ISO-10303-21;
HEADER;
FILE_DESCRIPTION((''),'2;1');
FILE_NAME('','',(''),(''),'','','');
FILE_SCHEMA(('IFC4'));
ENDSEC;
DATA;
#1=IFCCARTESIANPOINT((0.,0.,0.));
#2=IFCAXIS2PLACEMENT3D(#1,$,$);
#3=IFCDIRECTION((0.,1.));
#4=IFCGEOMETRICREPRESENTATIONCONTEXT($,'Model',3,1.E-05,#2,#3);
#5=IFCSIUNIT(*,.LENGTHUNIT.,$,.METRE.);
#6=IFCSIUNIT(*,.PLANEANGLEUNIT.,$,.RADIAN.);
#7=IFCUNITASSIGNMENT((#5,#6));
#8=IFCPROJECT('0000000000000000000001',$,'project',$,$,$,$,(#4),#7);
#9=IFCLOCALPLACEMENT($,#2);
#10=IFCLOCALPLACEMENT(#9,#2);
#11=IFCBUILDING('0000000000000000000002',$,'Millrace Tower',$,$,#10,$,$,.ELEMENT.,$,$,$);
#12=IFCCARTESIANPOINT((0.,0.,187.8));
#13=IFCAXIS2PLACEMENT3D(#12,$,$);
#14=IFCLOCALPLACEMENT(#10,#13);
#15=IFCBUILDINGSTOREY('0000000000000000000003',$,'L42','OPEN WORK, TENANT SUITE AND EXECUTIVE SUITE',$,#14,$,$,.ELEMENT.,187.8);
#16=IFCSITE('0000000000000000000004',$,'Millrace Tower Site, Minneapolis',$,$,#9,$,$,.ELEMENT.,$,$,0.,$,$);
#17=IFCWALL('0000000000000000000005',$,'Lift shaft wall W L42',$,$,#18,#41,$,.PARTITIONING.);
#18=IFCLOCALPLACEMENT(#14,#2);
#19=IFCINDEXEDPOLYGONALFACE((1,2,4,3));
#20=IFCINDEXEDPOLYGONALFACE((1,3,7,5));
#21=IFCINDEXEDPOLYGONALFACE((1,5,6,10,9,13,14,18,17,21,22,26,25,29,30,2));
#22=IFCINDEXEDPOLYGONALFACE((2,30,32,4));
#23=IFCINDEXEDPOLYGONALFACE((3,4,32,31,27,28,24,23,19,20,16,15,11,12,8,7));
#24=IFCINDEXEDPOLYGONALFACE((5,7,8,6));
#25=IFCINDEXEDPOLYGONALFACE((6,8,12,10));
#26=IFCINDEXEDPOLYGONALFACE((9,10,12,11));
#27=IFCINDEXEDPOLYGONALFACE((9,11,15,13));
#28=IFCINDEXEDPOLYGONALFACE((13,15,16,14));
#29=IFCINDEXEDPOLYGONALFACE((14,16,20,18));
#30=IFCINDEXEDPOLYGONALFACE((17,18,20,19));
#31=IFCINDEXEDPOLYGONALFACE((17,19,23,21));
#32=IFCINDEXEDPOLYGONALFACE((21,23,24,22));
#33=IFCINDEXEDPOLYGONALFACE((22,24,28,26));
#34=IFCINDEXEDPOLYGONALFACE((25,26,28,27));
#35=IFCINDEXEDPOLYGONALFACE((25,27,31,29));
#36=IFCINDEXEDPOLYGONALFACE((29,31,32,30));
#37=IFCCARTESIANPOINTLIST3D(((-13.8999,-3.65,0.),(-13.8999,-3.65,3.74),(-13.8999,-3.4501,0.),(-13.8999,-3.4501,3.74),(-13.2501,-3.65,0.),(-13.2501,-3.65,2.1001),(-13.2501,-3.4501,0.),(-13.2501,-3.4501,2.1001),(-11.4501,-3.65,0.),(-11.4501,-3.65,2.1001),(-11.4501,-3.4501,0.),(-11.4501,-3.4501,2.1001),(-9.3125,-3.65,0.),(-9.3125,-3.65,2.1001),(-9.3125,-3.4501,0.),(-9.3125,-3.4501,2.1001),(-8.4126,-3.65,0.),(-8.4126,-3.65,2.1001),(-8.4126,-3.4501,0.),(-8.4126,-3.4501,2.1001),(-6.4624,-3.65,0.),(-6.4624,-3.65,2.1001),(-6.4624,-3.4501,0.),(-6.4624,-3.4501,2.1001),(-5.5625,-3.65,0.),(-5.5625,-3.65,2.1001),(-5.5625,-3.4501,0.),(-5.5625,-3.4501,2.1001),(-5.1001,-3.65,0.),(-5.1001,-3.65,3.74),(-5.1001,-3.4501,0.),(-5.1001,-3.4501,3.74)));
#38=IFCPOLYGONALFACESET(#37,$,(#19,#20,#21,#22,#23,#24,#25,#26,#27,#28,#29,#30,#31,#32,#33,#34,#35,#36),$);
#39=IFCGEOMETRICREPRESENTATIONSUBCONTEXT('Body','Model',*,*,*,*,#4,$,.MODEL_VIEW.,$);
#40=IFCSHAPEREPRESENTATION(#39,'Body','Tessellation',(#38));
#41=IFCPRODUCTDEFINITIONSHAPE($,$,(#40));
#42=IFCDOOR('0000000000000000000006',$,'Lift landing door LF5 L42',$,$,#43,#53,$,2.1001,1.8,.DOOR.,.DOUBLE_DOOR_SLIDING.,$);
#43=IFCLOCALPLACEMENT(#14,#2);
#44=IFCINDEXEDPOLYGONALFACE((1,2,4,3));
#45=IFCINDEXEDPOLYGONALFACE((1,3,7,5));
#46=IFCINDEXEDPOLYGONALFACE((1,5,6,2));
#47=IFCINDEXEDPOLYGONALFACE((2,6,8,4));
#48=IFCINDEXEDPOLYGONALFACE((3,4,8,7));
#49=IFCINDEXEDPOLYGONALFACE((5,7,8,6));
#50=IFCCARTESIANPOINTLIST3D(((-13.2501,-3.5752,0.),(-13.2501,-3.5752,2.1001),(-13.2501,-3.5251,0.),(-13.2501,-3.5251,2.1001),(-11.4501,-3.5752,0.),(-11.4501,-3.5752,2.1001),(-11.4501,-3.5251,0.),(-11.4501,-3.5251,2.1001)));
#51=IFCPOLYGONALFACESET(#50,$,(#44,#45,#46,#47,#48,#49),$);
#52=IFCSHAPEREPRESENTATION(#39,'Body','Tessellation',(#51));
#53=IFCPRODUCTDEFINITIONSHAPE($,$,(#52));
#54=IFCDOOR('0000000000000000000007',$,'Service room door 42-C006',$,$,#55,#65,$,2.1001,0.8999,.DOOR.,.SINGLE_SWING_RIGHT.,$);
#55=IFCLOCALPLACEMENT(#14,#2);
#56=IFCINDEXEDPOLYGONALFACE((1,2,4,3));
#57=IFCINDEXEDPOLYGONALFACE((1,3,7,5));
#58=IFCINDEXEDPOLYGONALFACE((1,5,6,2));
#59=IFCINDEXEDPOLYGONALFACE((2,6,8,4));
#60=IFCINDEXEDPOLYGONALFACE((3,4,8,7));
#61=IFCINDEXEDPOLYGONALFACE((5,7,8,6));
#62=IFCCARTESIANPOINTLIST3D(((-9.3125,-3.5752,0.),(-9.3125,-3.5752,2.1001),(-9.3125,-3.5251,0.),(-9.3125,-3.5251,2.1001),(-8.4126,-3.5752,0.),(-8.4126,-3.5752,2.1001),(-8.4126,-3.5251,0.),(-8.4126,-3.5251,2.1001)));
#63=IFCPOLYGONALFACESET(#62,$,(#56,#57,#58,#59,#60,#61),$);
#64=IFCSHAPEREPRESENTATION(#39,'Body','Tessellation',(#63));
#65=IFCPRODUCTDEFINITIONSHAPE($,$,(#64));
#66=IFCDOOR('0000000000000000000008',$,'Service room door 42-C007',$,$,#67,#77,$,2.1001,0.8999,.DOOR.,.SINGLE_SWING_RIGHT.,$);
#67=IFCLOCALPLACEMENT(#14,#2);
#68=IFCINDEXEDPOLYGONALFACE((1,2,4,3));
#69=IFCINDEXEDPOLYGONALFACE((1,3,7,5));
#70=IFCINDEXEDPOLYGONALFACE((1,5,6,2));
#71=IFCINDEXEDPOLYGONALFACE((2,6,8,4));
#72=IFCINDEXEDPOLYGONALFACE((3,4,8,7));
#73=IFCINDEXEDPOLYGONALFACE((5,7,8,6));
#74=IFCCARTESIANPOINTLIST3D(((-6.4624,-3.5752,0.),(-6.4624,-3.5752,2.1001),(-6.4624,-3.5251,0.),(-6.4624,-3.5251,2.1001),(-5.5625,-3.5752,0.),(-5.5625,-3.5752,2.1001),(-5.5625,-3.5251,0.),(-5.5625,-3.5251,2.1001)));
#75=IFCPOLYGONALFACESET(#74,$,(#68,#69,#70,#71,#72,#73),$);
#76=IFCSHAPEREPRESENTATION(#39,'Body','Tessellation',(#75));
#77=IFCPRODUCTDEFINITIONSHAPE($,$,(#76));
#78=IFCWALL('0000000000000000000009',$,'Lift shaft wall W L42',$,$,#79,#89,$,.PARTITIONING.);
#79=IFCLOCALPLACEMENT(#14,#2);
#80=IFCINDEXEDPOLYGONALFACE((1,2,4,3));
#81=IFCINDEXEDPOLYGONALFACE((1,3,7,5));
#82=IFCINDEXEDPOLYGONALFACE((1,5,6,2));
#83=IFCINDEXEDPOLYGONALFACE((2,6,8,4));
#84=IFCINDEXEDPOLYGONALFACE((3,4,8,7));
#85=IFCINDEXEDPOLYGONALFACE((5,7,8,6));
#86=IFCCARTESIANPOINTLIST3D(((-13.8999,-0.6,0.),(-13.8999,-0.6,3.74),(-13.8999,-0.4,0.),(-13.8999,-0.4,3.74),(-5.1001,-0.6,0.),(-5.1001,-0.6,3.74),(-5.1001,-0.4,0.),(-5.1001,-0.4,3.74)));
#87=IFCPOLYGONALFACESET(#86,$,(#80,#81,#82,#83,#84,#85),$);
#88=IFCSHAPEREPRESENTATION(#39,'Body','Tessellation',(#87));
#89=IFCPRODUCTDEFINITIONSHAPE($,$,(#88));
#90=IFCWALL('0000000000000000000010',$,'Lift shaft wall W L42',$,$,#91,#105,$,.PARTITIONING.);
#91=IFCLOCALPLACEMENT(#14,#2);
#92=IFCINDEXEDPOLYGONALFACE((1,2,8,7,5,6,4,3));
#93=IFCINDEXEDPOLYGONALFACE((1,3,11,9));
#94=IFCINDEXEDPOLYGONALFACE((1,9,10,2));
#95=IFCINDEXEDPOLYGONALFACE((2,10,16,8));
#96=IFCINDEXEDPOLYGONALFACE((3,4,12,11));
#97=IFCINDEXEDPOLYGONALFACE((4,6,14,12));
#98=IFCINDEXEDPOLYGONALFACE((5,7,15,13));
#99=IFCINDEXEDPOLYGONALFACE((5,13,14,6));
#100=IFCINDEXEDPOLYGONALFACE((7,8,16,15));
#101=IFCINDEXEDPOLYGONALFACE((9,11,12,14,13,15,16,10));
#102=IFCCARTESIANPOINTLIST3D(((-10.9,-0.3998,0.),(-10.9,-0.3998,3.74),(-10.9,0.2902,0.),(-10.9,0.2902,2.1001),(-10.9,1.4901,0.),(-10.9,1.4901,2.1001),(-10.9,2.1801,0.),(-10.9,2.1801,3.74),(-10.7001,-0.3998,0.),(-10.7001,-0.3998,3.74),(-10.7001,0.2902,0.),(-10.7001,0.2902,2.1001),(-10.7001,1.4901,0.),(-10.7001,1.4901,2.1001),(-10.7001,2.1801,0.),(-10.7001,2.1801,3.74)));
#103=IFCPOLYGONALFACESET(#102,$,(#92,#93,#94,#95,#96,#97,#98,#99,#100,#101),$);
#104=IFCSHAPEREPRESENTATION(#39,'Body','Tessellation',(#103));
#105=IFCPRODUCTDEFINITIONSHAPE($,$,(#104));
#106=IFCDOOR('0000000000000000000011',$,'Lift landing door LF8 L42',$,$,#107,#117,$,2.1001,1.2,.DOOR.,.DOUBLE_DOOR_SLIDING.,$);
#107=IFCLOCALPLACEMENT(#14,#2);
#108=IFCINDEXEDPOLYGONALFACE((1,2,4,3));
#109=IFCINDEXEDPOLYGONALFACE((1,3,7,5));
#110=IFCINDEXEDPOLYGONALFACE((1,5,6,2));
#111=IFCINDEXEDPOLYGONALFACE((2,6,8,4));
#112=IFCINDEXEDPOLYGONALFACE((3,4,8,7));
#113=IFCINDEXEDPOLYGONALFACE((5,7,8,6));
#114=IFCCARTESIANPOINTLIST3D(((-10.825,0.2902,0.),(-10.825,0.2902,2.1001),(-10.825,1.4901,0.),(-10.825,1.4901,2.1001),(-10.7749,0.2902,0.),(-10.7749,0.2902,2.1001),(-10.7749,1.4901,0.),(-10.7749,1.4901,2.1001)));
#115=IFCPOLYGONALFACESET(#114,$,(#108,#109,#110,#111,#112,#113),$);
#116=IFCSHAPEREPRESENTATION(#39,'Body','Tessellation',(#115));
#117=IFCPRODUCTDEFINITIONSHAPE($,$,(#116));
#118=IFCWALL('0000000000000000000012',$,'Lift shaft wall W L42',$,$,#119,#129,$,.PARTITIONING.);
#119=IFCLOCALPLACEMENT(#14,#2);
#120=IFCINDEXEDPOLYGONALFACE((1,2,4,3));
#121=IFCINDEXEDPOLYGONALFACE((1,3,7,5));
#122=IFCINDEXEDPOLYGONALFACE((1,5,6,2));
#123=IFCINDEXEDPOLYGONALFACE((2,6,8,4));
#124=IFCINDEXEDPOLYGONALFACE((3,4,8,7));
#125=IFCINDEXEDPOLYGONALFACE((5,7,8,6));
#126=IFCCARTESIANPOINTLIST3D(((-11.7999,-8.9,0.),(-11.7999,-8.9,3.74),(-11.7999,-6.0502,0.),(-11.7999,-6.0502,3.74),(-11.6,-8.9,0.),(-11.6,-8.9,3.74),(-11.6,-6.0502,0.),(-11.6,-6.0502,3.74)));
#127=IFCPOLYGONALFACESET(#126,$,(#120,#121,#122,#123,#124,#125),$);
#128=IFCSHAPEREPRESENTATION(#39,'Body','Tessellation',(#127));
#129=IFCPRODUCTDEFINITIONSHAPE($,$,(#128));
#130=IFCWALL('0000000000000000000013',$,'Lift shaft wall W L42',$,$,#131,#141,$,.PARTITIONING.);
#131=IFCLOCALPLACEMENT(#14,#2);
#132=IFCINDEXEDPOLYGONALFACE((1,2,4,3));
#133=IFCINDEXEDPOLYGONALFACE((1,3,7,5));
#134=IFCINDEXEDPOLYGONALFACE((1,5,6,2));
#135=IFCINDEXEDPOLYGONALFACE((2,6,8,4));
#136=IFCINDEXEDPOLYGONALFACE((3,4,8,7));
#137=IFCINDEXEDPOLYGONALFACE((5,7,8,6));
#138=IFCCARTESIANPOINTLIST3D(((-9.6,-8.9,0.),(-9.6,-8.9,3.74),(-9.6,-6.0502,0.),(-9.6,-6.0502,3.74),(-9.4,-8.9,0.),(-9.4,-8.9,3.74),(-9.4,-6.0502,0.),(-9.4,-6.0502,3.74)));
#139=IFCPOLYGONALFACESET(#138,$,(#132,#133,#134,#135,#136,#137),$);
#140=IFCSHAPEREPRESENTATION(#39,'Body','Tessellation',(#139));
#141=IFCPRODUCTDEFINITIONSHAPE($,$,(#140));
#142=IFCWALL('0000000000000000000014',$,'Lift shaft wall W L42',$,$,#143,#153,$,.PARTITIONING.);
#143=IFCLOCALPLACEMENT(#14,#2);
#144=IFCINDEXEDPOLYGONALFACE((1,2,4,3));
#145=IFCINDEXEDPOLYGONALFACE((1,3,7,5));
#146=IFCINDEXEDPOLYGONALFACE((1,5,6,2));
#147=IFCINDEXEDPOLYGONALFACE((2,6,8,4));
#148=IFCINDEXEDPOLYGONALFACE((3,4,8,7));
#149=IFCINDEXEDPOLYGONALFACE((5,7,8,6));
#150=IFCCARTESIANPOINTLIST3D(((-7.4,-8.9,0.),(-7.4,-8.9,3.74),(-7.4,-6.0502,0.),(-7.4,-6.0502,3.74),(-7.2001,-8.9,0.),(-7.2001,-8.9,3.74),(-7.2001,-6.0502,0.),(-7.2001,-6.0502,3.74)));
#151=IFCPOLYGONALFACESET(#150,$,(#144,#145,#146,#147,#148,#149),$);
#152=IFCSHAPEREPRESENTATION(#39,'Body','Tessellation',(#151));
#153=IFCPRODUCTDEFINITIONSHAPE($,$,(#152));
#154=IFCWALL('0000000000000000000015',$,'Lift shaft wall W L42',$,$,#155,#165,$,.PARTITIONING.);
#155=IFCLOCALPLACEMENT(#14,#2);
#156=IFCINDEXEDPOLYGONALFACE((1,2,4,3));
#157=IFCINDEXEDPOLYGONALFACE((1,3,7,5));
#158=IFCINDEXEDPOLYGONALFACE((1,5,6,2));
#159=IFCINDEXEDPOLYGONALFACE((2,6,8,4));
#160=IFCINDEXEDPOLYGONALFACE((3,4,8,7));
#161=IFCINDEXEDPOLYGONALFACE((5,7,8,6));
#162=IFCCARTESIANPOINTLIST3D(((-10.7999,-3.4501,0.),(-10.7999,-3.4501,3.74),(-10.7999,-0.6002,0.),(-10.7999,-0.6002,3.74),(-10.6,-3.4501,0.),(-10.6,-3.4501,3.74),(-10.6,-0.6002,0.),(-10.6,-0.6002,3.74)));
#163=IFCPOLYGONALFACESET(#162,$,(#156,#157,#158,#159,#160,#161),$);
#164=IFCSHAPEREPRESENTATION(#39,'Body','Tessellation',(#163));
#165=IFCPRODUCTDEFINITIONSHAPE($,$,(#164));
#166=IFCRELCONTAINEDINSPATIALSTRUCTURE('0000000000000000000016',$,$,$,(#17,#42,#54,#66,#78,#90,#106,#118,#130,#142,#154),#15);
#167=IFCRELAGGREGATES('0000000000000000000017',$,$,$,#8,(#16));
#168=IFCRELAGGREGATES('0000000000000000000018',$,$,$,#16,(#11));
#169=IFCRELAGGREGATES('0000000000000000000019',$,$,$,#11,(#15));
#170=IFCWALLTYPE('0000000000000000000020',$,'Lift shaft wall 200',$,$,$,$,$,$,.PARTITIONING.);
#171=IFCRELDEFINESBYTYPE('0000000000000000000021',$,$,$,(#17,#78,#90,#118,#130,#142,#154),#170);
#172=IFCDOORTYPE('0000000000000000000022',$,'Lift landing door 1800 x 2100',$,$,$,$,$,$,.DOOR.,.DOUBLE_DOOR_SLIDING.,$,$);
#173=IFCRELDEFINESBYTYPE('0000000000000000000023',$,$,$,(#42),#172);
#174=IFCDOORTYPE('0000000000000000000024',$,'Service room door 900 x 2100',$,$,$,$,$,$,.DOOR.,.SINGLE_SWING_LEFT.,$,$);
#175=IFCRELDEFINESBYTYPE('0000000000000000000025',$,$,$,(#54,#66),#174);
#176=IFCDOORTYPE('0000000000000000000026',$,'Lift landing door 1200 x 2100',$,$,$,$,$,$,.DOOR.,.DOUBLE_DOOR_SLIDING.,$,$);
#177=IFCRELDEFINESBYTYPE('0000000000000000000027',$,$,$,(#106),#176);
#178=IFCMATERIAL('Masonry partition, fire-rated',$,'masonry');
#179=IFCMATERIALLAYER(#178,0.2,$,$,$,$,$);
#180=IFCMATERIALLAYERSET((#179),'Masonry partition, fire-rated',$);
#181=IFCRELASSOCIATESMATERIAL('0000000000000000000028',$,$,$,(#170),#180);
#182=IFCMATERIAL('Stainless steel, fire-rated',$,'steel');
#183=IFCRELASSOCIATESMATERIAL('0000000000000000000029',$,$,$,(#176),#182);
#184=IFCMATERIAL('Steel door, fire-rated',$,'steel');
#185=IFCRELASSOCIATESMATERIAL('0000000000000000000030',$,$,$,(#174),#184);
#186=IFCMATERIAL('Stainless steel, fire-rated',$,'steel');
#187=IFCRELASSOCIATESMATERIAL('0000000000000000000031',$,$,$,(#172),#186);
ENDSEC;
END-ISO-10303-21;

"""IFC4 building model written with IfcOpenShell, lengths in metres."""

from ifc_helpers import new_model, si_unit, direction, frame, frame_2d, origin, place, context, subcontext, project, spatial, rectangle, extrude, material, layer, layer_set, type_object, element, fill, save


model = new_model("IFC4")

# Units and contexts
model_context = context("Model", 3, precision=1e-05, world=origin(), true_north=direction((0.0, 1.0)))
body_context = subcontext(model_context, "Body", "Model", "MODEL_VIEW")
ifc_project = project(units=[si_unit("LENGTHUNIT", "METRE"), si_unit("PLANEANGLEUNIT", "RADIAN")], contexts=[model_context])

# Site, building, storey
site_placement = place(None, origin())
site = spatial("IfcSite", under=ifc_project, at=site_placement, Name="Millrace Tower Site, Minneapolis", CompositionType="ELEMENT", RefElevation=0.0)
building_placement = place(site_placement, origin())
building = spatial("IfcBuilding", under=site, at=building_placement, Name="Millrace Tower", CompositionType="ELEMENT")
storey_placement = place(building_placement, frame((0.0, 0.0, 187.8)))
storey = spatial("IfcBuildingStorey", under=building, at=storey_placement, Name="L42", Description="OPEN WORK, TENANT SUITE AND EXECUTIVE SUITE", CompositionType="ELEMENT", Elevation=187.8)

# Wall, openings, doors
ifc_material_1 = material(Name="Masonry partition, fire-rated", Category="masonry")
ifc_layer_1 = layer(ifc_material_1, 0.2)
ifc_layer_set_1 = layer_set([ifc_layer_1], Name="Masonry partition, fire-rated")
wall_type_1 = type_object("IfcWallType", Name="Lift shaft wall 200", PredefinedType="PARTITIONING", material=ifc_layer_set_1)
ifc_material_2 = material(Name="Stainless steel, fire-rated", Category="steel")
door_type_1 = type_object("IfcDoorType", Name="Lift landing door 1200 x 2100", OperationType="DOUBLE_DOOR_SLIDING", PredefinedType="DOOR", material=ifc_material_2)
ifc_material_3 = material(Name="Steel door, fire-rated", Category="steel")
door_type_2 = type_object("IfcDoorType", Name="Service room door 900 x 2100", OperationType="SINGLE_SWING_LEFT", PredefinedType="DOOR", material=ifc_material_3)
wall_1_placement = place(storey_placement, frame((-13.8999, -3.55, 0.0), z_axis=(0.0, 0.0, 1.0), x_axis=(1.0, 0.0, 0.0)))
wall_1 = element("IfcWall", 1, at=wall_1_placement, inside=storey, type_object=wall_type_1, Name="Lift shaft wall W L42", PredefinedType="PARTITIONING", context=body_context, shape_type="SweptSolid", body=[
    extrude(rectangle(XDim=8.7998, YDim=0.2, at=frame_2d((4.3999, 0.0))), origin(), (0.0, 0.0, 1.0), 3.74),
])
opening_1_placement = place(wall_1_placement, frame((0.6499, 0.0, 0.0)))
opening_1 = element("IfcOpeningElement", 2, at=opening_1_placement, cuts=wall_1, PredefinedType="OPENING", context=body_context, shape_type="SweptSolid", body=[
    extrude(rectangle(XDim=1.8, YDim=2.1001, at=frame_2d((0.8999, 1.05))), frame((0.0, 0.1099, 0.0), z_axis=(0.0, -1.0, 0.0), x_axis=(1.0, 0.0, 0.0)), (0.0, 0.0, 1.0), 0.22),
])
opening_2_placement = place(wall_1_placement, frame((4.5874, 0.0, 0.0)))
opening_2 = element("IfcOpeningElement", 3, at=opening_2_placement, cuts=wall_1, PredefinedType="OPENING", context=body_context, shape_type="SweptSolid", body=[
    extrude(rectangle(XDim=0.8999, YDim=2.1001, at=frame_2d((0.45, 1.05))), frame((0.0, 0.1099, 0.0), z_axis=(0.0, -1.0, 0.0), x_axis=(1.0, 0.0, 0.0)), (0.0, 0.0, 1.0), 0.22),
])
opening_3_placement = place(wall_1_placement, frame((7.4375, 0.0, 0.0)))
opening_3 = element("IfcOpeningElement", 4, at=opening_3_placement, cuts=wall_1, PredefinedType="OPENING", context=body_context, shape_type="SweptSolid", body=[
    extrude(rectangle(XDim=0.8999, YDim=2.1001, at=frame_2d((0.45, 1.05))), frame((0.0, 0.1099, 0.0), z_axis=(0.0, -1.0, 0.0), x_axis=(1.0, 0.0, 0.0)), (0.0, 0.0, 1.0), 0.22),
])
ifc_material_4 = material(Name="Stainless steel, fire-rated", Category="steel")
door_type_3 = type_object("IfcDoorType", Name="Lift landing door 1800 x 2100", OperationType="DOUBLE_DOOR_SLIDING", PredefinedType="DOOR", material=ifc_material_4)
door_1_placement = place(opening_1_placement, origin())
door_1 = element("IfcDoor", 5, at=door_1_placement, inside=storey, type_object=door_type_3, Name="Lift landing door LF5 L42", OperationType="DOUBLE_DOOR_SLIDING", OverallHeight=2.1001, OverallWidth=1.8, PredefinedType="DOOR", context=body_context, shape_type="SweptSolid", body=[
    extrude(rectangle(XDim=1.8, YDim=2.1001, at=frame_2d((0.8999, 1.05))), frame((0.0, 0.0249, 0.0), z_axis=(0.0, -1.0, 0.0), x_axis=(1.0, 0.0, 0.0)), (0.0, 0.0, 1.0), 0.05),
])
fill(opening_1, door_1)
door_2_placement = place(opening_2_placement, origin())
door_2 = element("IfcDoor", 6, at=door_2_placement, inside=storey, type_object=door_type_2, Name="Service room door 42-C006", OperationType="SINGLE_SWING_RIGHT", OverallHeight=2.1001, OverallWidth=0.8999, PredefinedType="DOOR", context=body_context, shape_type="SweptSolid", body=[
    extrude(rectangle(XDim=0.8999, YDim=2.1001, at=frame_2d((0.45, 1.05))), frame((0.0, 0.0249, 0.0), z_axis=(0.0, -1.0, 0.0), x_axis=(1.0, 0.0, 0.0)), (0.0, 0.0, 1.0), 0.05),
])
fill(opening_2, door_2)
door_3_placement = place(opening_3_placement, origin())
door_3 = element("IfcDoor", 7, at=door_3_placement, inside=storey, type_object=door_type_2, Name="Service room door 42-C007", OperationType="SINGLE_SWING_RIGHT", OverallHeight=2.1001, OverallWidth=0.8999, PredefinedType="DOOR", context=body_context, shape_type="SweptSolid", body=[
    extrude(rectangle(XDim=0.8999, YDim=2.1001, at=frame_2d((0.45, 1.05))), frame((0.0, 0.0249, 0.0), z_axis=(0.0, -1.0, 0.0), x_axis=(1.0, 0.0, 0.0)), (0.0, 0.0, 1.0), 0.05),
])
fill(opening_3, door_3)

# Wall
wall_2_placement = place(storey_placement, frame((-13.8999, -0.5, 0.0), z_axis=(0.0, 0.0, 1.0), x_axis=(1.0, 0.0, 0.0)))
element("IfcWall", 8, at=wall_2_placement, inside=storey, type_object=wall_type_1, Name="Lift shaft wall W L42", PredefinedType="PARTITIONING", context=body_context, shape_type="SweptSolid", body=[
    extrude(rectangle(XDim=8.7998, YDim=0.2, at=frame_2d((4.3999, 0.0))), origin(), (0.0, 0.0, 1.0), 3.74),
])

# Wall, opening, door
wall_3_placement = place(storey_placement, frame((-10.8, -0.3999, 0.0), z_axis=(0.0, 0.0, 1.0), x_axis=(0.0, 1.0, 0.0)))
wall_3 = element("IfcWall", 9, at=wall_3_placement, inside=storey, type_object=wall_type_1, Name="Lift shaft wall W L42", PredefinedType="PARTITIONING", context=body_context, shape_type="SweptSolid", body=[
    extrude(rectangle(XDim=2.5798, YDim=0.2, at=frame_2d((1.29, 0.0))), origin(), (0.0, 0.0, 1.0), 3.74),
])
opening_4_placement = place(wall_3_placement, frame((0.6899, 0.0, 0.0)))
opening_4 = element("IfcOpeningElement", 10, at=opening_4_placement, cuts=wall_3, PredefinedType="OPENING", context=body_context, shape_type="SweptSolid", body=[
    extrude(rectangle(XDim=1.2, YDim=2.1001, at=frame_2d((0.6001, 1.05))), frame((0.0, 0.1099, 0.0), z_axis=(0.0, -1.0, 0.0), x_axis=(1.0, 0.0, 0.0)), (0.0, 0.0, 1.0), 0.22),
])
door_4_placement = place(opening_4_placement, origin())
door_4 = element("IfcDoor", 11, at=door_4_placement, inside=storey, type_object=door_type_1, Name="Lift landing door LF8 L42", OperationType="DOUBLE_DOOR_SLIDING", OverallHeight=2.1001, OverallWidth=1.2, PredefinedType="DOOR", context=body_context, shape_type="SweptSolid", body=[
    extrude(rectangle(XDim=1.2, YDim=2.1001, at=frame_2d((0.6001, 1.05))), frame((0.0, 0.0249, 0.0), z_axis=(0.0, -1.0, 0.0), x_axis=(1.0, 0.0, 0.0)), (0.0, 0.0, 1.0), 0.05),
])
fill(opening_4, door_4)

# Walls
for number, where, z_axis, x_axis, name in (
    (12, (-11.7, -8.8999, 0.0), (0.0, 0.0, 1.0), (0.0, 1.0, 0.0), "Lift shaft wall W L42"),
    (13, (-9.5, -8.8999, 0.0), (0.0, 0.0, 1.0), (0.0, 1.0, 0.0), "Lift shaft wall W L42"),
    (14, (-7.3, -8.8999, 0.0), (0.0, 0.0, 1.0), (0.0, 1.0, 0.0), "Lift shaft wall W L42"),
    (15, (-10.7, -3.45, 0.0), (0.0, 0.0, 1.0), (0.0, 1.0, 0.0), "Lift shaft wall W L42"),
):
    element("IfcWall", number, at=place(storey_placement, frame(where, z_axis=z_axis, x_axis=x_axis)), inside=storey, type_object=wall_type_1, Name=name, PredefinedType="PARTITIONING", context=body_context, shape_type="SweptSolid", body=[
        extrude(rectangle(XDim=2.8499, YDim=0.2, at=frame_2d((1.4248, 0.0))), origin(), (0.0, 0.0, 1.0), 3.74),
    ])

save(model, "model.ifc")
